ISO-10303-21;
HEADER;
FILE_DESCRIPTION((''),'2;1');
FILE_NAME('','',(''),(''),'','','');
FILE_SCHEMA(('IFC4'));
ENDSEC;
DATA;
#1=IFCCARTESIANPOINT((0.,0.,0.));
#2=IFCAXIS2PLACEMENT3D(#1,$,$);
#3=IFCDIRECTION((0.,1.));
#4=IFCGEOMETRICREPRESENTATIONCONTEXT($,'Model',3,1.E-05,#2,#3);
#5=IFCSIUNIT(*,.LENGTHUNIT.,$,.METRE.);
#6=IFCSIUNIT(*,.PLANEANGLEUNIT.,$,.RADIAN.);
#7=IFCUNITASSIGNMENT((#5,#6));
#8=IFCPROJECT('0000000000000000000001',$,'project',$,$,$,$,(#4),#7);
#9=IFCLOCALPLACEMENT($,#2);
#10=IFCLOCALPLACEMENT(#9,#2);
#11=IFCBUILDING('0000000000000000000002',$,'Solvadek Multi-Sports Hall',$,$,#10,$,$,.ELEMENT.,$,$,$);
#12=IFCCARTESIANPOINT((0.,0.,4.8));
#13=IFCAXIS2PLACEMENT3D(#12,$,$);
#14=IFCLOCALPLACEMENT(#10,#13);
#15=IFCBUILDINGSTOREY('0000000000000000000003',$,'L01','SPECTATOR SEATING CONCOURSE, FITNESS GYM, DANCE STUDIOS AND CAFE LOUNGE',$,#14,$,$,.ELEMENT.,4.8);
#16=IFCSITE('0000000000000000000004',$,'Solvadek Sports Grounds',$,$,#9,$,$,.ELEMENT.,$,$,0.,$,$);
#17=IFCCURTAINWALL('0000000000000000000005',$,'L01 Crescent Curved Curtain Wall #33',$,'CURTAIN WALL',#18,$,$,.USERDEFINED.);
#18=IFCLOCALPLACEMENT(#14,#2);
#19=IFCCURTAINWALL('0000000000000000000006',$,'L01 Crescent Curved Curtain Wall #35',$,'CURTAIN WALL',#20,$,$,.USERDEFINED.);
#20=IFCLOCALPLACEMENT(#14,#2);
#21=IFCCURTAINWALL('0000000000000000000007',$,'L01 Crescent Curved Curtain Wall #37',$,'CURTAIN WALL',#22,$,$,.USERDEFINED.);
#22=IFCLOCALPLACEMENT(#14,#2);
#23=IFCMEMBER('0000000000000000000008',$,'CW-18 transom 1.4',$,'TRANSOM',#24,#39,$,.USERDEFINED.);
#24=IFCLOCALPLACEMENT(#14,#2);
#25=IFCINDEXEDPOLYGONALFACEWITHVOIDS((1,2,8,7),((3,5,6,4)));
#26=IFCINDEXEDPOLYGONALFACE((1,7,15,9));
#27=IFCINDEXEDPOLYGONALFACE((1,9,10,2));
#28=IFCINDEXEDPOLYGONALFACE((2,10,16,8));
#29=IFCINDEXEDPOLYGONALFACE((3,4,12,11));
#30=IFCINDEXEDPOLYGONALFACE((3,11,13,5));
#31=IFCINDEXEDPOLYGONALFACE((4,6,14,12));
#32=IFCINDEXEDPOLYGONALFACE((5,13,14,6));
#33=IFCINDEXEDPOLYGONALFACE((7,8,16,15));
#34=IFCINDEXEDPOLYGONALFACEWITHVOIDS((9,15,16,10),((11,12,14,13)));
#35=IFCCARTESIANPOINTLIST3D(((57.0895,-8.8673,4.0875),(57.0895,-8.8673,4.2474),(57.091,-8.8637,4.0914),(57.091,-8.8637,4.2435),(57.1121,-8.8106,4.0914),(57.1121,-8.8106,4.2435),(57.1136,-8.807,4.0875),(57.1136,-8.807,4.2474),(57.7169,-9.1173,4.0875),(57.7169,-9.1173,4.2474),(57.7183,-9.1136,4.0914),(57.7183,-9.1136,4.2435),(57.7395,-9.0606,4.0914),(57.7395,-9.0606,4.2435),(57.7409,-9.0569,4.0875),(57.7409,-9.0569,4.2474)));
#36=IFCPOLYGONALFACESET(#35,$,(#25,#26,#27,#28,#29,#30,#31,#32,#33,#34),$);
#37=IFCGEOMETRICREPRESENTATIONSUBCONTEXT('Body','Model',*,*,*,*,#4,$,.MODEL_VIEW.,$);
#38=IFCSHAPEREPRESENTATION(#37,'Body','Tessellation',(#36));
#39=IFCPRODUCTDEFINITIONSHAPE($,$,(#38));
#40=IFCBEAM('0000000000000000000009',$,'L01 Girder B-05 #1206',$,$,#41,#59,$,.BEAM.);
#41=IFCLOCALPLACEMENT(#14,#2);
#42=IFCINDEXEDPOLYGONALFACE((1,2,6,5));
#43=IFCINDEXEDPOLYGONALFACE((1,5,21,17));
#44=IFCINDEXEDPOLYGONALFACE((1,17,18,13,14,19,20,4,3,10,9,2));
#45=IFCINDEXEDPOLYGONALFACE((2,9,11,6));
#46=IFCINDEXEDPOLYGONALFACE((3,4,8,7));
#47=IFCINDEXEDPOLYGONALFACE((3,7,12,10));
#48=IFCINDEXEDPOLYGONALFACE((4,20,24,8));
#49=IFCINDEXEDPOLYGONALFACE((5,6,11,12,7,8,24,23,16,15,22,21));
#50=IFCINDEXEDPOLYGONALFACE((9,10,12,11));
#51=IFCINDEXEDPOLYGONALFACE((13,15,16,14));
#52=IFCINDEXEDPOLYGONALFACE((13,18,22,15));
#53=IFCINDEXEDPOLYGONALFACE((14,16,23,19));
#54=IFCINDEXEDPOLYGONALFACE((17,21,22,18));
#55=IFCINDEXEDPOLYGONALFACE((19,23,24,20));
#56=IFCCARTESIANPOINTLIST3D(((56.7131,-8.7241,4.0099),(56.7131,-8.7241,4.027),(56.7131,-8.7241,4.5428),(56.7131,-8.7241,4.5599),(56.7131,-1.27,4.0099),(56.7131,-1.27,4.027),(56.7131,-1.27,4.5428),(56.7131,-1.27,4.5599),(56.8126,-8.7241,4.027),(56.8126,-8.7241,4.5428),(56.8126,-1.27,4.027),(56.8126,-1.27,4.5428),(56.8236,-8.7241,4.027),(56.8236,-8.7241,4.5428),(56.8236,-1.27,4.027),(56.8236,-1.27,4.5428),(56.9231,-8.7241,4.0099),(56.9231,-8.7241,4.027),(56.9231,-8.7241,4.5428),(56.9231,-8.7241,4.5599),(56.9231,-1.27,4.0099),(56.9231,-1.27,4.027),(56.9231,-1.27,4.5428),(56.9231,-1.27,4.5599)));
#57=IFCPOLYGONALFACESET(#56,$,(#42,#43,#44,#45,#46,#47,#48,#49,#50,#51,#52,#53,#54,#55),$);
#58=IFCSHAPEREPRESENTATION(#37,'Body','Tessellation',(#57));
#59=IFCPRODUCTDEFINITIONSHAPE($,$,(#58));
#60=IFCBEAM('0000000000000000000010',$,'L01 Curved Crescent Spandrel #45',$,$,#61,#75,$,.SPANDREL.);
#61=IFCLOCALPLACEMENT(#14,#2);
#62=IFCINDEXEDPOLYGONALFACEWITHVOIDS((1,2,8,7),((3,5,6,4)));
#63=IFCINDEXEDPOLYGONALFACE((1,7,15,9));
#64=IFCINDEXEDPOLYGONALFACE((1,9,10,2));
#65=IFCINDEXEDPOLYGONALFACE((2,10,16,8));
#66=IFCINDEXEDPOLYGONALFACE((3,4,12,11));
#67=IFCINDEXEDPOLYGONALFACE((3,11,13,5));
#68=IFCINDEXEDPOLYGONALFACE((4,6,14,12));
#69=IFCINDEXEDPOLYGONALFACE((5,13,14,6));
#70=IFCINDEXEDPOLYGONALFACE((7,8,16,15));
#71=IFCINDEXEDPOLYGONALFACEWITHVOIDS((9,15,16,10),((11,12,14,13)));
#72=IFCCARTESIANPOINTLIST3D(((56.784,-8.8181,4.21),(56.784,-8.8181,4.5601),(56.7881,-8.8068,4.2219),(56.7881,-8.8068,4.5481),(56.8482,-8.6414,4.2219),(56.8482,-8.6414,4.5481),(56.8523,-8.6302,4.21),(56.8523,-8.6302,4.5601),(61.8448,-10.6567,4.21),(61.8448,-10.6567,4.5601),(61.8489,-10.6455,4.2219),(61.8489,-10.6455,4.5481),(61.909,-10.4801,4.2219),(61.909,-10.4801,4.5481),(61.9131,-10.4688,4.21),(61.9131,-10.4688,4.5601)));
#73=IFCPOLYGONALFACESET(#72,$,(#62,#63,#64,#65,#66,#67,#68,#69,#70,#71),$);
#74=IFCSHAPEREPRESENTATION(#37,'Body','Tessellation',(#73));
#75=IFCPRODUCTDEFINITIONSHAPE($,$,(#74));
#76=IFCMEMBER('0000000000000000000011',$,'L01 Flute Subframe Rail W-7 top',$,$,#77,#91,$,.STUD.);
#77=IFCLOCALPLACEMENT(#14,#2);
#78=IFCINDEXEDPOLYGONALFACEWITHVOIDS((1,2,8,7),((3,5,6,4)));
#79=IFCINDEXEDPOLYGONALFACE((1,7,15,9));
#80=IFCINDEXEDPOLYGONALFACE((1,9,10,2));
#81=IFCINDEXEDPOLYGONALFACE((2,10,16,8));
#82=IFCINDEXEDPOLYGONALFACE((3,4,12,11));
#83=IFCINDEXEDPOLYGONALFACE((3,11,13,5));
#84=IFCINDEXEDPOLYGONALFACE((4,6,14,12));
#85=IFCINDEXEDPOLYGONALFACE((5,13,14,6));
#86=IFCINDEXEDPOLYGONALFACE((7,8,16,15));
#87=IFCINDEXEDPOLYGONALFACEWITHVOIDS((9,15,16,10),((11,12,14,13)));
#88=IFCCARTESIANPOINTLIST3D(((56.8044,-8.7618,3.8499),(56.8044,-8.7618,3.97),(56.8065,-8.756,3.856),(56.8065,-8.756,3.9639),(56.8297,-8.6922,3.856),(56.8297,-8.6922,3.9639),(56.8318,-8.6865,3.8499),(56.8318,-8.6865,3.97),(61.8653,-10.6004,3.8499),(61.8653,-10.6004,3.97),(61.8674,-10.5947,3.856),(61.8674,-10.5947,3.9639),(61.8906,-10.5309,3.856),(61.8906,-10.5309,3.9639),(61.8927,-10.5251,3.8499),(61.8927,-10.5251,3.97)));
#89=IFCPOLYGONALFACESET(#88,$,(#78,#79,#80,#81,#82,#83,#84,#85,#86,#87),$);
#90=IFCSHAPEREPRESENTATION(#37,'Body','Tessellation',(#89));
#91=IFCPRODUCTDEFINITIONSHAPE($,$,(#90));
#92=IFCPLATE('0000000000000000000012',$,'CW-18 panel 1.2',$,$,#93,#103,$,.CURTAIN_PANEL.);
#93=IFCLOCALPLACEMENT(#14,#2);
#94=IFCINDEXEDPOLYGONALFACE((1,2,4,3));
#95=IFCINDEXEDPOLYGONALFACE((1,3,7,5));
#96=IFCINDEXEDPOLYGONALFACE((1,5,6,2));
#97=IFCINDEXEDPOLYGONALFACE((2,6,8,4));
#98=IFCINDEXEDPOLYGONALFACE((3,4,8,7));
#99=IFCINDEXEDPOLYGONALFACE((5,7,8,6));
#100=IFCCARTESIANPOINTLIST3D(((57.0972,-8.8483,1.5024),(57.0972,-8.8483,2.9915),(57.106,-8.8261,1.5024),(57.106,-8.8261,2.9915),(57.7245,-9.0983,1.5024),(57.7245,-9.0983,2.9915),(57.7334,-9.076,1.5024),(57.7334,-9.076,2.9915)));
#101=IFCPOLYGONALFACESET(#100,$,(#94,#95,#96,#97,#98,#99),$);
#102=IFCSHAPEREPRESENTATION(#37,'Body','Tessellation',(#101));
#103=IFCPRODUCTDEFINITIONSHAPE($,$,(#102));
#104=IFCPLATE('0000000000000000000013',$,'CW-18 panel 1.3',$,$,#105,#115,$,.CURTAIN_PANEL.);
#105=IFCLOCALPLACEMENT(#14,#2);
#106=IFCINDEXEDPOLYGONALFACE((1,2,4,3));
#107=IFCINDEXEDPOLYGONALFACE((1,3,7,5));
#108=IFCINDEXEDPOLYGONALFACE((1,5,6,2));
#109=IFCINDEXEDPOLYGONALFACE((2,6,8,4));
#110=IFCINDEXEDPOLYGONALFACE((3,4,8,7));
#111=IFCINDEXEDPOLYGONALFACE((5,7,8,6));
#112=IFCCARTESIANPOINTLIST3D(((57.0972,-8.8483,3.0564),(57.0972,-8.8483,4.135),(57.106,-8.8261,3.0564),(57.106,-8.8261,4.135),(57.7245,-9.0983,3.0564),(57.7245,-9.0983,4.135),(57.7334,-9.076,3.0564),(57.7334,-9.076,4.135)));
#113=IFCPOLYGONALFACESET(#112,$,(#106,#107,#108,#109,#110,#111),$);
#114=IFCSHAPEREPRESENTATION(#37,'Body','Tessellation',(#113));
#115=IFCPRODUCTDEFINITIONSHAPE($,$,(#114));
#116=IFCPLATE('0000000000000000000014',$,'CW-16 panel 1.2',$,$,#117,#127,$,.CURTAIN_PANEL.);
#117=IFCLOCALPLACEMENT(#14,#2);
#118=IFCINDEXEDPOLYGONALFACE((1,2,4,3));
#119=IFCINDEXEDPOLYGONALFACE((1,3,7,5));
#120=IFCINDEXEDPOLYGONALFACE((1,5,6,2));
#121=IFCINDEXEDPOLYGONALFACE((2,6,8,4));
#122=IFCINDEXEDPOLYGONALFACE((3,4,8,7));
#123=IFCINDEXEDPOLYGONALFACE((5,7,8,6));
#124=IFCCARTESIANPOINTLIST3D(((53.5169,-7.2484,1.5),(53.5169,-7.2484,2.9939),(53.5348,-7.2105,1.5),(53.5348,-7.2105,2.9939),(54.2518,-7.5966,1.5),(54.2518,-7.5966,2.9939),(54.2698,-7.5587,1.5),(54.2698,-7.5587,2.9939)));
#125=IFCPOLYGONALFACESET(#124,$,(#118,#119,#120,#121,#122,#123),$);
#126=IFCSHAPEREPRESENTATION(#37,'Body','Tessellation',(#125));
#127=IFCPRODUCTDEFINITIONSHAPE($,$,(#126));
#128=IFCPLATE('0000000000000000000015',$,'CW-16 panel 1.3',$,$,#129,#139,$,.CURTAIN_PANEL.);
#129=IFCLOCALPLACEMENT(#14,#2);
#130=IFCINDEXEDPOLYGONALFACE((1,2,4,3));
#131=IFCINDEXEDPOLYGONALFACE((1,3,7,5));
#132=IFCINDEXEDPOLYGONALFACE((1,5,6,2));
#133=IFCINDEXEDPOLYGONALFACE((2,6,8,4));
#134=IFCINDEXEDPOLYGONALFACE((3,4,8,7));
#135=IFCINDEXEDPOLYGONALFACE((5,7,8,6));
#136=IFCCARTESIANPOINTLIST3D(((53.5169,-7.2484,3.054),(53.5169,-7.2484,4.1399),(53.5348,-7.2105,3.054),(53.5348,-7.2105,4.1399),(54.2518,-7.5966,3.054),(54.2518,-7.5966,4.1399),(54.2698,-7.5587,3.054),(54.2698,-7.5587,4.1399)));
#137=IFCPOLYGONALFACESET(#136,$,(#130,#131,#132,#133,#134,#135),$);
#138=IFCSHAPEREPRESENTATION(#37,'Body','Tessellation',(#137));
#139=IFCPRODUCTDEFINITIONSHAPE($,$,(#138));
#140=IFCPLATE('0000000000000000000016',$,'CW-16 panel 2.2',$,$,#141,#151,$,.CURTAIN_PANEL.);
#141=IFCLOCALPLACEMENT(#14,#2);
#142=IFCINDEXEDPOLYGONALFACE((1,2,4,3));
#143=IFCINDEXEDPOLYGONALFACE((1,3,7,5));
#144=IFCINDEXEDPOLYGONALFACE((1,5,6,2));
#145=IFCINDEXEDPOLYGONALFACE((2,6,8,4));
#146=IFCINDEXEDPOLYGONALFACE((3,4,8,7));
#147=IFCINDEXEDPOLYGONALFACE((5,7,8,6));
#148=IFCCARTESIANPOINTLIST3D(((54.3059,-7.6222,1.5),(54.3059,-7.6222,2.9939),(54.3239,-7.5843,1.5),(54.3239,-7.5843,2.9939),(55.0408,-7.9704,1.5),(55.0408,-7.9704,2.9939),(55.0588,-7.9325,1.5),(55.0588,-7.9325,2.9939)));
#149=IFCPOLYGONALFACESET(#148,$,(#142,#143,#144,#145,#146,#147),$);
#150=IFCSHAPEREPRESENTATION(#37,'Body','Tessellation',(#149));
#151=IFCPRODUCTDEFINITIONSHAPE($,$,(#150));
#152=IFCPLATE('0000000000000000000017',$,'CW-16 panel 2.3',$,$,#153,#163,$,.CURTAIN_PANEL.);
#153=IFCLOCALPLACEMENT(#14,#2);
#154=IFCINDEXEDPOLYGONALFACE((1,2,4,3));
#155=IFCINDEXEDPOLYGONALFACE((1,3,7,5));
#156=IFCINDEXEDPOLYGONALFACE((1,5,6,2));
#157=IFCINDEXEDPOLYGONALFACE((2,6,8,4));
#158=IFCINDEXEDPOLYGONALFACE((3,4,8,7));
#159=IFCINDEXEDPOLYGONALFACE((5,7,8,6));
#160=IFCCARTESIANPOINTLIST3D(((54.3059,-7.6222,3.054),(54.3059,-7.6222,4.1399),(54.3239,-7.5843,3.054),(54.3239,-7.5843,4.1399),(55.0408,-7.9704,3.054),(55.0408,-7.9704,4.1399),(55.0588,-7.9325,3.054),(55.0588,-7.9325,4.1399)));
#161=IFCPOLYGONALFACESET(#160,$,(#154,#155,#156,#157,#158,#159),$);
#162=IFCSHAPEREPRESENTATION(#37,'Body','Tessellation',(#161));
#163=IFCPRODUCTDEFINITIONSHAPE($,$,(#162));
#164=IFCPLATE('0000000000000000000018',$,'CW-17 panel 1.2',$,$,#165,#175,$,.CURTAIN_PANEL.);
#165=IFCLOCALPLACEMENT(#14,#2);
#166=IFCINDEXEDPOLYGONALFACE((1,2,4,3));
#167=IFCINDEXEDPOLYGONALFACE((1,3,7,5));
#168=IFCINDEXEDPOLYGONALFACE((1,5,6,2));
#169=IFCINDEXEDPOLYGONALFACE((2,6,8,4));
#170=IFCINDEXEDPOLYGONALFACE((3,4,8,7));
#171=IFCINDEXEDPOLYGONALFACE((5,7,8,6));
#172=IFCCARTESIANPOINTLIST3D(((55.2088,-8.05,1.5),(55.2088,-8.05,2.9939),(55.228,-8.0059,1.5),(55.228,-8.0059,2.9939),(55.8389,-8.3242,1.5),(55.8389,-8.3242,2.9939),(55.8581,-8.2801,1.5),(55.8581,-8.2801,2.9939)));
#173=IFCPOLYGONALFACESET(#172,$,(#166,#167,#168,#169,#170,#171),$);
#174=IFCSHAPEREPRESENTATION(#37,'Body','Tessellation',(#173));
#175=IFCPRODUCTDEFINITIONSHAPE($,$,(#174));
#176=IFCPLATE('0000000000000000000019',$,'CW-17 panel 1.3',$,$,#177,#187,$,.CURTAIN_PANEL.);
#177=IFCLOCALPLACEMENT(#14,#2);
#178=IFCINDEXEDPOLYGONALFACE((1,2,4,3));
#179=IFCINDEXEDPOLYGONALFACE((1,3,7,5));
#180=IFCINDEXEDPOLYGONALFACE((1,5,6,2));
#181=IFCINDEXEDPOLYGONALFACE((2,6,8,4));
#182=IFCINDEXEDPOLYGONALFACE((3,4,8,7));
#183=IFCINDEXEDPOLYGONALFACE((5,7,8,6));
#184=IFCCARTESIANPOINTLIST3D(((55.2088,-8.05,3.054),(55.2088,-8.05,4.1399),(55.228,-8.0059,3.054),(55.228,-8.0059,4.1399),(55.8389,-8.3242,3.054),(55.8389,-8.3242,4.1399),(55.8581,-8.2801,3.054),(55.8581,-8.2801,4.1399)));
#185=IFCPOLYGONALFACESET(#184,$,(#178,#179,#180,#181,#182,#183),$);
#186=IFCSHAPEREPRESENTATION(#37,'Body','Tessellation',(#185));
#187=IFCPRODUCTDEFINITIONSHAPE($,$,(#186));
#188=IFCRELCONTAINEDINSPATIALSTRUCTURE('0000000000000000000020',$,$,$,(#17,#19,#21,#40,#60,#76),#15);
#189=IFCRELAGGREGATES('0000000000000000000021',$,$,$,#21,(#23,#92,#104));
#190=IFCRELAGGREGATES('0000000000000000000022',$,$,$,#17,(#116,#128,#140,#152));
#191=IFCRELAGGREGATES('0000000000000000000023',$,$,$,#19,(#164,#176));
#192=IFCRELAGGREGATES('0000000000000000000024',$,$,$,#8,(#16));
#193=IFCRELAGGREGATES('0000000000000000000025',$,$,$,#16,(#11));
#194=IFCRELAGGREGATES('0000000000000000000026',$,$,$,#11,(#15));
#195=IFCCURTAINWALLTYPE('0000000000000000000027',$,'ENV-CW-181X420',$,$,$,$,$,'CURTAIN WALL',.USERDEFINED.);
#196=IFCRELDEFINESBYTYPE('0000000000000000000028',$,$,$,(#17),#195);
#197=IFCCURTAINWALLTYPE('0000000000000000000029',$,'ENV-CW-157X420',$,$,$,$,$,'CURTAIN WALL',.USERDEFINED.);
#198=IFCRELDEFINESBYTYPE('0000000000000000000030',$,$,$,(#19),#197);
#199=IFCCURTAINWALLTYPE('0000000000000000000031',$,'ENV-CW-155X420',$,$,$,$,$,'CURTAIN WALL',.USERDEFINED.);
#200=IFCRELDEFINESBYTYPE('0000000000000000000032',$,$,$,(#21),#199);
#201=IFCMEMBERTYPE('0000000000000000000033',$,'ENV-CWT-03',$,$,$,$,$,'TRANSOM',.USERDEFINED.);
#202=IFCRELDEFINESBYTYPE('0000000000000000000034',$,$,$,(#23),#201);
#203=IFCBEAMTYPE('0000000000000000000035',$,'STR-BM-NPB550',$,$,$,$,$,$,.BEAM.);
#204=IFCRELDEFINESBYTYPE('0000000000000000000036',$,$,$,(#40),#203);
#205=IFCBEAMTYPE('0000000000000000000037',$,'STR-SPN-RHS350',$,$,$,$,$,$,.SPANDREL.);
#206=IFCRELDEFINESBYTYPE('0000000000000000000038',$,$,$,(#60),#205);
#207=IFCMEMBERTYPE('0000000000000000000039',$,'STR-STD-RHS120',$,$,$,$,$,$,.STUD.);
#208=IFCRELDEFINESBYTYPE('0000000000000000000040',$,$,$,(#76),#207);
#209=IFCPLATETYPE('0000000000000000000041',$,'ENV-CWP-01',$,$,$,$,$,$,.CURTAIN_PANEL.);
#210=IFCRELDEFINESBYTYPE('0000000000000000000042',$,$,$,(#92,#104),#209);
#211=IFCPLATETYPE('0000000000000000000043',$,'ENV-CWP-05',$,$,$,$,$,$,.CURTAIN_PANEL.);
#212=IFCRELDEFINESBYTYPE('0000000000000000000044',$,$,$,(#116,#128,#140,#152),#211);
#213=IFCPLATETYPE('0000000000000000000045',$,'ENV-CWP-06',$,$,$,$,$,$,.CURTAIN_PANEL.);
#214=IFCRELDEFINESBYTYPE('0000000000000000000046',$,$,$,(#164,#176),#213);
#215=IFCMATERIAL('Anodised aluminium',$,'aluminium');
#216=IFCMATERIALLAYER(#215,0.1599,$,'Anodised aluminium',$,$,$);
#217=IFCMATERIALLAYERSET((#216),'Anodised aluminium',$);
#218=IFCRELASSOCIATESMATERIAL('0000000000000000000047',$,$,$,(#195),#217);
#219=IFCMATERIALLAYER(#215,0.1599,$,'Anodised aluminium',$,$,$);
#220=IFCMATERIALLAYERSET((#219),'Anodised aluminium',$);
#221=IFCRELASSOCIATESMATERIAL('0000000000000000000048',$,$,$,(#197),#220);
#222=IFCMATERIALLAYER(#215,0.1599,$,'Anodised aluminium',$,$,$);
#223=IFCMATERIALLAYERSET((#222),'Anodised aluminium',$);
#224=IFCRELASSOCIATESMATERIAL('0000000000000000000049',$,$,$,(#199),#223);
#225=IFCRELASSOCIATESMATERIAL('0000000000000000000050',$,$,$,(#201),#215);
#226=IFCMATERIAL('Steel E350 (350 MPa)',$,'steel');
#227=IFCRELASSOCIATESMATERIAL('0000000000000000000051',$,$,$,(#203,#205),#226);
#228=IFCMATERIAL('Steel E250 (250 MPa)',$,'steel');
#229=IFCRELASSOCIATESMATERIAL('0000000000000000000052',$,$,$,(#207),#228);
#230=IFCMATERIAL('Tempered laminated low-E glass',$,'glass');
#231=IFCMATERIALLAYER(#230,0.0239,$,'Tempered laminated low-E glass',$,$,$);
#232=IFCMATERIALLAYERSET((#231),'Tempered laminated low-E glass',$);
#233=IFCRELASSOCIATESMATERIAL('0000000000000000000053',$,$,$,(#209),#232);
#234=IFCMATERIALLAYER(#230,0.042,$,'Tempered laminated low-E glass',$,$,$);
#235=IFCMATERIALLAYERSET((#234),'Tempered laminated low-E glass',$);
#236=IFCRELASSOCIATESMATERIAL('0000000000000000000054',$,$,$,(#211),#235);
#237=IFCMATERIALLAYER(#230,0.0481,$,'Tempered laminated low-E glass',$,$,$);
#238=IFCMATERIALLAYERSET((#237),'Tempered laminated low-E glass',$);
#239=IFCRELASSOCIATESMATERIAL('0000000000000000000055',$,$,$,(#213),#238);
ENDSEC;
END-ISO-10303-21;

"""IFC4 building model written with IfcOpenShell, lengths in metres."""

from ifc_helpers import new_model, si_unit, direction, frame, origin, origin_2d, place, context, subcontext, project, spatial, rectangle, hollow_rectangle, i_section, extrude, material, layer, layer_set, material_profile, profile_set, type_object, element, aggregate, save


model = new_model("IFC4")

# Units and contexts
model_context = context("Model", 3, precision=1e-05, world=origin(), true_north=direction((0.0, 1.0)))
body_context = subcontext(model_context, "Body", "Model", "MODEL_VIEW")
ifc_project = project(units=[si_unit("LENGTHUNIT", "METRE"), si_unit("PLANEANGLEUNIT", "RADIAN")], contexts=[model_context])

# Site, building, storey
site_placement = place(None, origin())
site = spatial("IfcSite", under=ifc_project, at=site_placement, Name="Solvadek Sports Grounds", CompositionType="ELEMENT", RefElevation=0.0)
building_placement = place(site_placement, origin())
building = spatial("IfcBuilding", under=site, at=building_placement, Name="Solvadek Multi-Sports Hall", CompositionType="ELEMENT")
storey_placement = place(building_placement, frame((0.0, 0.0, 4.8)))
storey = spatial("IfcBuildingStorey", under=building, at=storey_placement, Name="L01", Description="SPECTATOR SEATING CONCOURSE, FITNESS GYM, DANCE STUDIOS AND CAFE LOUNGE", CompositionType="ELEMENT", Elevation=4.8)

# Curtain walls, member
ifc_material_1 = material(Name="Anodised aluminium", Category="aluminium")
ifc_layer_1 = layer(ifc_material_1, 0.1599, Name="Anodised aluminium")
ifc_layer_set_1 = layer_set([ifc_layer_1], Name="Anodised aluminium")
curtain_wall_type_1 = type_object("IfcCurtainWallType", Name="ENV-CW-181X420", ElementType="CURTAIN WALL", PredefinedType="USERDEFINED", material=ifc_layer_set_1)
curtain_wall_1_placement = place(storey_placement, origin())
curtain_wall_1 = element("IfcCurtainWall", 1, at=curtain_wall_1_placement, inside=storey, type_object=curtain_wall_type_1, Name="L01 Crescent Curved Curtain Wall #33", ObjectType="CURTAIN WALL", PredefinedType="USERDEFINED")
ifc_layer_2 = layer(ifc_material_1, 0.1599, Name="Anodised aluminium")
ifc_layer_set_2 = layer_set([ifc_layer_2], Name="Anodised aluminium")
curtain_wall_type_2 = type_object("IfcCurtainWallType", Name="ENV-CW-157X420", ElementType="CURTAIN WALL", PredefinedType="USERDEFINED", material=ifc_layer_set_2)
curtain_wall_2_placement = place(storey_placement, origin())
curtain_wall_2 = element("IfcCurtainWall", 2, at=curtain_wall_2_placement, inside=storey, type_object=curtain_wall_type_2, Name="L01 Crescent Curved Curtain Wall #35", ObjectType="CURTAIN WALL", PredefinedType="USERDEFINED")
ifc_layer_3 = layer(ifc_material_1, 0.1599, Name="Anodised aluminium")
ifc_layer_set_3 = layer_set([ifc_layer_3], Name="Anodised aluminium")
curtain_wall_type_3 = type_object("IfcCurtainWallType", Name="ENV-CW-155X420", ElementType="CURTAIN WALL", PredefinedType="USERDEFINED", material=ifc_layer_set_3)
curtain_wall_3_placement = place(storey_placement, origin())
curtain_wall_3 = element("IfcCurtainWall", 3, at=curtain_wall_3_placement, inside=storey, type_object=curtain_wall_type_3, Name="L01 Crescent Curved Curtain Wall #37", ObjectType="CURTAIN WALL", PredefinedType="USERDEFINED")
ifc_material_profile_1 = material_profile(ifc_material_1, hollow_rectangle(XDim=0.0649, YDim=0.1599, WallThickness=0.0039, at=origin_2d()), Name="ALU-T 160x65x4")
ifc_profile_set_1 = profile_set([ifc_material_profile_1], Name="Anodised aluminium")
member_type_1 = type_object("IfcMemberType", Name="ENV-CWT-03", ElementType="TRANSOM", PredefinedType="USERDEFINED", material=ifc_profile_set_1)
member_1_placement = place(storey_placement, frame((57.1016, -8.8372, 4.1675), z_axis=(0.928974, -0.370144, 0.0), x_axis=(0.370144, 0.928974, 0.0)))
member_1 = element("IfcMember", 4, at=member_1_placement, type_object=member_type_1, Name="CW-18 transom 1.4", ObjectType="TRANSOM", PredefinedType="USERDEFINED", context=body_context, shape_type="SweptSolid", body=[
    extrude(hollow_rectangle(XDim=0.0649, YDim=0.1599, WallThickness=0.0039, at=origin_2d()), origin(), (0.0, 0.0, 1.0), 0.6753),
])

# Beams
ifc_material_2 = material(Name="Steel E350 (350 MPa)", Category="steel")
ifc_material_profile_2 = material_profile(ifc_material_2, i_section(OverallWidth=0.21, OverallDepth=0.55, WebThickness=0.011, FlangeThickness=0.0171, at=origin_2d()), Name="NPB 550")
ifc_profile_set_2 = profile_set([ifc_material_profile_2], Name="Steel E350 (350 MPa)")
beam_type_1 = type_object("IfcBeamType", Name="STR-BM-NPB550", PredefinedType="BEAM", material=ifc_profile_set_2)
beam_1_placement = place(storey_placement, frame((56.8181, -8.7241, 4.2849), z_axis=(0.0, 1.0, 0.0), x_axis=(-1.0, 0.0, 0.0)))
element("IfcBeam", 5, at=beam_1_placement, inside=storey, type_object=beam_type_1, Name="L01 Girder B-05 #1206", PredefinedType="BEAM", context=body_context, shape_type="SweptSolid", body=[
    extrude(i_section(OverallWidth=0.21, OverallDepth=0.55, WebThickness=0.011, FlangeThickness=0.0171, at=origin_2d()), origin(), (0.0, 0.0, 1.0), 7.4541),
])
ifc_material_profile_3 = material_profile(ifc_material_2, hollow_rectangle(XDim=0.2, YDim=0.3501, WallThickness=0.012, at=origin_2d()), Name="RHS 350x200x12")
ifc_profile_set_3 = profile_set([ifc_material_profile_3], Name="Steel E350 (350 MPa)")
beam_type_2 = type_object("IfcBeamType", Name="STR-SPN-RHS350", PredefinedType="SPANDREL", material=ifc_profile_set_3)
beam_2_placement = place(storey_placement, frame((56.8181, -8.7241, 4.385), z_axis=(0.939893, -0.34147, 0.0), x_axis=(0.34147, 0.939893, 0.0)))
element("IfcBeam", 6, at=beam_2_placement, inside=storey, type_object=beam_type_2, Name="L01 Curved Crescent Spandrel #45", PredefinedType="SPANDREL", context=body_context, shape_type="SweptSolid", body=[
    extrude(hollow_rectangle(XDim=0.2, YDim=0.3501, WallThickness=0.012, at=origin_2d()), origin(), (0.0, 0.0, 1.0), 5.3845),
])

# Member
ifc_material_3 = material(Name="Steel E250 (250 MPa)", Category="steel")
ifc_material_profile_4 = material_profile(ifc_material_3, hollow_rectangle(XDim=0.0801, YDim=0.1201, WallThickness=0.0061, at=origin_2d()), Name="RHS 120x80x6")
ifc_profile_set_4 = profile_set([ifc_material_profile_4], Name="Steel E250 (250 MPa)")
member_type_2 = type_object("IfcMemberType", Name="STR-STD-RHS120", PredefinedType="STUD", material=ifc_profile_set_4)
member_2_placement = place(storey_placement, frame((56.8181, -8.7241, 3.9099), z_axis=(0.939893, -0.34147, 0.0), x_axis=(0.34147, 0.939893, 0.0)))
element("IfcMember", 7, at=member_2_placement, inside=storey, type_object=member_type_2, Name="L01 Flute Subframe Rail W-7 top", PredefinedType="STUD", context=body_context, shape_type="SweptSolid", body=[
    extrude(hollow_rectangle(XDim=0.0801, YDim=0.1201, WallThickness=0.0061, at=origin_2d()), origin(), (0.0, 0.0, 1.0), 5.3845),
])

# Plates
ifc_material_4 = material(Name="Tempered laminated low-E glass", Category="glass")
ifc_layer_4 = layer(ifc_material_4, 0.0239, Name="Tempered laminated low-E glass")
ifc_layer_set_4 = layer_set([ifc_layer_4], Name="Tempered laminated low-E glass")
plate_type_1 = type_object("IfcPlateType", Name="ENV-CWP-01", PredefinedType="CURTAIN_PANEL", material=ifc_layer_set_4)
plate_1_placement = place(storey_placement, frame((57.4153, -8.9622, 1.5024), z_axis=(0.0, 0.0, 1.0), x_axis=(0.928967, -0.370163, 0.0)))
plate_1 = element("IfcPlate", 8, at=plate_1_placement, type_object=plate_type_1, Name="CW-18 panel 1.2", PredefinedType="CURTAIN_PANEL", context=body_context, shape_type="SweptSolid", body=[
    extrude(rectangle(XDim=0.6753, YDim=0.0239, at=origin_2d()), origin(), (0.0, 0.0, 1.0), 1.489),
])
plate_2_placement = place(storey_placement, frame((57.4153, -8.9622, 3.0564), z_axis=(0.0, 0.0, 1.0), x_axis=(0.928967, -0.370163, 0.0)))
plate_2 = element("IfcPlate", 9, at=plate_2_placement, type_object=plate_type_1, Name="CW-18 panel 1.3", PredefinedType="CURTAIN_PANEL", context=body_context, shape_type="SweptSolid", body=[
    extrude(rectangle(XDim=0.6753, YDim=0.0239, at=origin_2d()), origin(), (0.0, 0.0, 1.0), 1.0786),
])
aggregate(curtain_wall_3, [member_1, plate_1, plate_2])
ifc_layer_5 = layer(ifc_material_4, 0.042, Name="Tempered laminated low-E glass")
ifc_layer_set_5 = layer_set([ifc_layer_5], Name="Tempered laminated low-E glass")
plate_type_2 = type_object("IfcPlateType", Name="ENV-CWP-05", PredefinedType="CURTAIN_PANEL", material=ifc_layer_set_5)
plate_3_placement = place(storey_placement, frame((53.8933, -7.4036, 1.5), z_axis=(0.0, 0.0, 1.0), x_axis=(0.903703, -0.42816, 0.0)))
plate_3 = element("IfcPlate", 10, at=plate_3_placement, type_object=plate_type_2, Name="CW-16 panel 1.2", PredefinedType="CURTAIN_PANEL", context=body_context, shape_type="SweptSolid", body=[
    extrude(rectangle(XDim=0.8132, YDim=0.042, at=origin_2d()), origin(), (0.0, 0.0, 1.0), 1.4939),
])
plate_4_placement = place(storey_placement, frame((53.8933, -7.4036, 3.054), z_axis=(0.0, 0.0, 1.0), x_axis=(0.903703, -0.42816, 0.0)))
plate_4 = element("IfcPlate", 11, at=plate_4_placement, type_object=plate_type_2, Name="CW-16 panel 1.3", PredefinedType="CURTAIN_PANEL", context=body_context, shape_type="SweptSolid", body=[
    extrude(rectangle(XDim=0.8132, YDim=0.042, at=origin_2d()), origin(), (0.0, 0.0, 1.0), 1.0859),
])
plate_5_placement = place(storey_placement, frame((54.6824, -7.7773, 1.5), z_axis=(0.0, 0.0, 1.0), x_axis=(0.903703, -0.42816, 0.0)))
plate_5 = element("IfcPlate", 12, at=plate_5_placement, type_object=plate_type_2, Name="CW-16 panel 2.2", PredefinedType="CURTAIN_PANEL", context=body_context, shape_type="SweptSolid", body=[
    extrude(rectangle(XDim=0.8132, YDim=0.042, at=origin_2d()), origin(), (0.0, 0.0, 1.0), 1.4939),
])
plate_6_placement = place(storey_placement, frame((54.6824, -7.7773, 3.054), z_axis=(0.0, 0.0, 1.0), x_axis=(0.903703, -0.42816, 0.0)))
plate_6 = element("IfcPlate", 13, at=plate_6_placement, type_object=plate_type_2, Name="CW-16 panel 2.3", PredefinedType="CURTAIN_PANEL", context=body_context, shape_type="SweptSolid", body=[
    extrude(rectangle(XDim=0.8132, YDim=0.042, at=origin_2d()), origin(), (0.0, 0.0, 1.0), 1.0859),
])
aggregate(curtain_wall_1, [plate_3, plate_4, plate_5, plate_6])
ifc_layer_6 = layer(ifc_material_4, 0.0481, Name="Tempered laminated low-E glass")
ifc_layer_set_6 = layer_set([ifc_layer_6], Name="Tempered laminated low-E glass")
plate_type_3 = type_object("IfcPlateType", Name="ENV-CWP-06", PredefinedType="CURTAIN_PANEL", material=ifc_layer_set_6)
plate_7_placement = place(storey_placement, frame((55.5334, -8.165, 1.5), z_axis=(0.0, 0.0, 1.0), x_axis=(0.916926, -0.399057, 0.0)))
plate_7 = element("IfcPlate", 14, at=plate_7_placement, type_object=plate_type_3, Name="CW-17 panel 1.2", PredefinedType="CURTAIN_PANEL", context=body_context, shape_type="SweptSolid", body=[
    extrude(rectangle(XDim=0.6873, YDim=0.0481, at=origin_2d()), origin(), (0.0, 0.0, 1.0), 1.4939),
])
plate_8_placement = place(storey_placement, frame((55.5334, -8.165, 3.054), z_axis=(0.0, 0.0, 1.0), x_axis=(0.916926, -0.399057, 0.0)))
plate_8 = element("IfcPlate", 15, at=plate_8_placement, type_object=plate_type_3, Name="CW-17 panel 1.3", PredefinedType="CURTAIN_PANEL", context=body_context, shape_type="SweptSolid", body=[
    extrude(rectangle(XDim=0.6873, YDim=0.0481, at=origin_2d()), origin(), (0.0, 0.0, 1.0), 1.0859),
])
aggregate(curtain_wall_2, [plate_7, plate_8])

save(model, "model.ifc")
